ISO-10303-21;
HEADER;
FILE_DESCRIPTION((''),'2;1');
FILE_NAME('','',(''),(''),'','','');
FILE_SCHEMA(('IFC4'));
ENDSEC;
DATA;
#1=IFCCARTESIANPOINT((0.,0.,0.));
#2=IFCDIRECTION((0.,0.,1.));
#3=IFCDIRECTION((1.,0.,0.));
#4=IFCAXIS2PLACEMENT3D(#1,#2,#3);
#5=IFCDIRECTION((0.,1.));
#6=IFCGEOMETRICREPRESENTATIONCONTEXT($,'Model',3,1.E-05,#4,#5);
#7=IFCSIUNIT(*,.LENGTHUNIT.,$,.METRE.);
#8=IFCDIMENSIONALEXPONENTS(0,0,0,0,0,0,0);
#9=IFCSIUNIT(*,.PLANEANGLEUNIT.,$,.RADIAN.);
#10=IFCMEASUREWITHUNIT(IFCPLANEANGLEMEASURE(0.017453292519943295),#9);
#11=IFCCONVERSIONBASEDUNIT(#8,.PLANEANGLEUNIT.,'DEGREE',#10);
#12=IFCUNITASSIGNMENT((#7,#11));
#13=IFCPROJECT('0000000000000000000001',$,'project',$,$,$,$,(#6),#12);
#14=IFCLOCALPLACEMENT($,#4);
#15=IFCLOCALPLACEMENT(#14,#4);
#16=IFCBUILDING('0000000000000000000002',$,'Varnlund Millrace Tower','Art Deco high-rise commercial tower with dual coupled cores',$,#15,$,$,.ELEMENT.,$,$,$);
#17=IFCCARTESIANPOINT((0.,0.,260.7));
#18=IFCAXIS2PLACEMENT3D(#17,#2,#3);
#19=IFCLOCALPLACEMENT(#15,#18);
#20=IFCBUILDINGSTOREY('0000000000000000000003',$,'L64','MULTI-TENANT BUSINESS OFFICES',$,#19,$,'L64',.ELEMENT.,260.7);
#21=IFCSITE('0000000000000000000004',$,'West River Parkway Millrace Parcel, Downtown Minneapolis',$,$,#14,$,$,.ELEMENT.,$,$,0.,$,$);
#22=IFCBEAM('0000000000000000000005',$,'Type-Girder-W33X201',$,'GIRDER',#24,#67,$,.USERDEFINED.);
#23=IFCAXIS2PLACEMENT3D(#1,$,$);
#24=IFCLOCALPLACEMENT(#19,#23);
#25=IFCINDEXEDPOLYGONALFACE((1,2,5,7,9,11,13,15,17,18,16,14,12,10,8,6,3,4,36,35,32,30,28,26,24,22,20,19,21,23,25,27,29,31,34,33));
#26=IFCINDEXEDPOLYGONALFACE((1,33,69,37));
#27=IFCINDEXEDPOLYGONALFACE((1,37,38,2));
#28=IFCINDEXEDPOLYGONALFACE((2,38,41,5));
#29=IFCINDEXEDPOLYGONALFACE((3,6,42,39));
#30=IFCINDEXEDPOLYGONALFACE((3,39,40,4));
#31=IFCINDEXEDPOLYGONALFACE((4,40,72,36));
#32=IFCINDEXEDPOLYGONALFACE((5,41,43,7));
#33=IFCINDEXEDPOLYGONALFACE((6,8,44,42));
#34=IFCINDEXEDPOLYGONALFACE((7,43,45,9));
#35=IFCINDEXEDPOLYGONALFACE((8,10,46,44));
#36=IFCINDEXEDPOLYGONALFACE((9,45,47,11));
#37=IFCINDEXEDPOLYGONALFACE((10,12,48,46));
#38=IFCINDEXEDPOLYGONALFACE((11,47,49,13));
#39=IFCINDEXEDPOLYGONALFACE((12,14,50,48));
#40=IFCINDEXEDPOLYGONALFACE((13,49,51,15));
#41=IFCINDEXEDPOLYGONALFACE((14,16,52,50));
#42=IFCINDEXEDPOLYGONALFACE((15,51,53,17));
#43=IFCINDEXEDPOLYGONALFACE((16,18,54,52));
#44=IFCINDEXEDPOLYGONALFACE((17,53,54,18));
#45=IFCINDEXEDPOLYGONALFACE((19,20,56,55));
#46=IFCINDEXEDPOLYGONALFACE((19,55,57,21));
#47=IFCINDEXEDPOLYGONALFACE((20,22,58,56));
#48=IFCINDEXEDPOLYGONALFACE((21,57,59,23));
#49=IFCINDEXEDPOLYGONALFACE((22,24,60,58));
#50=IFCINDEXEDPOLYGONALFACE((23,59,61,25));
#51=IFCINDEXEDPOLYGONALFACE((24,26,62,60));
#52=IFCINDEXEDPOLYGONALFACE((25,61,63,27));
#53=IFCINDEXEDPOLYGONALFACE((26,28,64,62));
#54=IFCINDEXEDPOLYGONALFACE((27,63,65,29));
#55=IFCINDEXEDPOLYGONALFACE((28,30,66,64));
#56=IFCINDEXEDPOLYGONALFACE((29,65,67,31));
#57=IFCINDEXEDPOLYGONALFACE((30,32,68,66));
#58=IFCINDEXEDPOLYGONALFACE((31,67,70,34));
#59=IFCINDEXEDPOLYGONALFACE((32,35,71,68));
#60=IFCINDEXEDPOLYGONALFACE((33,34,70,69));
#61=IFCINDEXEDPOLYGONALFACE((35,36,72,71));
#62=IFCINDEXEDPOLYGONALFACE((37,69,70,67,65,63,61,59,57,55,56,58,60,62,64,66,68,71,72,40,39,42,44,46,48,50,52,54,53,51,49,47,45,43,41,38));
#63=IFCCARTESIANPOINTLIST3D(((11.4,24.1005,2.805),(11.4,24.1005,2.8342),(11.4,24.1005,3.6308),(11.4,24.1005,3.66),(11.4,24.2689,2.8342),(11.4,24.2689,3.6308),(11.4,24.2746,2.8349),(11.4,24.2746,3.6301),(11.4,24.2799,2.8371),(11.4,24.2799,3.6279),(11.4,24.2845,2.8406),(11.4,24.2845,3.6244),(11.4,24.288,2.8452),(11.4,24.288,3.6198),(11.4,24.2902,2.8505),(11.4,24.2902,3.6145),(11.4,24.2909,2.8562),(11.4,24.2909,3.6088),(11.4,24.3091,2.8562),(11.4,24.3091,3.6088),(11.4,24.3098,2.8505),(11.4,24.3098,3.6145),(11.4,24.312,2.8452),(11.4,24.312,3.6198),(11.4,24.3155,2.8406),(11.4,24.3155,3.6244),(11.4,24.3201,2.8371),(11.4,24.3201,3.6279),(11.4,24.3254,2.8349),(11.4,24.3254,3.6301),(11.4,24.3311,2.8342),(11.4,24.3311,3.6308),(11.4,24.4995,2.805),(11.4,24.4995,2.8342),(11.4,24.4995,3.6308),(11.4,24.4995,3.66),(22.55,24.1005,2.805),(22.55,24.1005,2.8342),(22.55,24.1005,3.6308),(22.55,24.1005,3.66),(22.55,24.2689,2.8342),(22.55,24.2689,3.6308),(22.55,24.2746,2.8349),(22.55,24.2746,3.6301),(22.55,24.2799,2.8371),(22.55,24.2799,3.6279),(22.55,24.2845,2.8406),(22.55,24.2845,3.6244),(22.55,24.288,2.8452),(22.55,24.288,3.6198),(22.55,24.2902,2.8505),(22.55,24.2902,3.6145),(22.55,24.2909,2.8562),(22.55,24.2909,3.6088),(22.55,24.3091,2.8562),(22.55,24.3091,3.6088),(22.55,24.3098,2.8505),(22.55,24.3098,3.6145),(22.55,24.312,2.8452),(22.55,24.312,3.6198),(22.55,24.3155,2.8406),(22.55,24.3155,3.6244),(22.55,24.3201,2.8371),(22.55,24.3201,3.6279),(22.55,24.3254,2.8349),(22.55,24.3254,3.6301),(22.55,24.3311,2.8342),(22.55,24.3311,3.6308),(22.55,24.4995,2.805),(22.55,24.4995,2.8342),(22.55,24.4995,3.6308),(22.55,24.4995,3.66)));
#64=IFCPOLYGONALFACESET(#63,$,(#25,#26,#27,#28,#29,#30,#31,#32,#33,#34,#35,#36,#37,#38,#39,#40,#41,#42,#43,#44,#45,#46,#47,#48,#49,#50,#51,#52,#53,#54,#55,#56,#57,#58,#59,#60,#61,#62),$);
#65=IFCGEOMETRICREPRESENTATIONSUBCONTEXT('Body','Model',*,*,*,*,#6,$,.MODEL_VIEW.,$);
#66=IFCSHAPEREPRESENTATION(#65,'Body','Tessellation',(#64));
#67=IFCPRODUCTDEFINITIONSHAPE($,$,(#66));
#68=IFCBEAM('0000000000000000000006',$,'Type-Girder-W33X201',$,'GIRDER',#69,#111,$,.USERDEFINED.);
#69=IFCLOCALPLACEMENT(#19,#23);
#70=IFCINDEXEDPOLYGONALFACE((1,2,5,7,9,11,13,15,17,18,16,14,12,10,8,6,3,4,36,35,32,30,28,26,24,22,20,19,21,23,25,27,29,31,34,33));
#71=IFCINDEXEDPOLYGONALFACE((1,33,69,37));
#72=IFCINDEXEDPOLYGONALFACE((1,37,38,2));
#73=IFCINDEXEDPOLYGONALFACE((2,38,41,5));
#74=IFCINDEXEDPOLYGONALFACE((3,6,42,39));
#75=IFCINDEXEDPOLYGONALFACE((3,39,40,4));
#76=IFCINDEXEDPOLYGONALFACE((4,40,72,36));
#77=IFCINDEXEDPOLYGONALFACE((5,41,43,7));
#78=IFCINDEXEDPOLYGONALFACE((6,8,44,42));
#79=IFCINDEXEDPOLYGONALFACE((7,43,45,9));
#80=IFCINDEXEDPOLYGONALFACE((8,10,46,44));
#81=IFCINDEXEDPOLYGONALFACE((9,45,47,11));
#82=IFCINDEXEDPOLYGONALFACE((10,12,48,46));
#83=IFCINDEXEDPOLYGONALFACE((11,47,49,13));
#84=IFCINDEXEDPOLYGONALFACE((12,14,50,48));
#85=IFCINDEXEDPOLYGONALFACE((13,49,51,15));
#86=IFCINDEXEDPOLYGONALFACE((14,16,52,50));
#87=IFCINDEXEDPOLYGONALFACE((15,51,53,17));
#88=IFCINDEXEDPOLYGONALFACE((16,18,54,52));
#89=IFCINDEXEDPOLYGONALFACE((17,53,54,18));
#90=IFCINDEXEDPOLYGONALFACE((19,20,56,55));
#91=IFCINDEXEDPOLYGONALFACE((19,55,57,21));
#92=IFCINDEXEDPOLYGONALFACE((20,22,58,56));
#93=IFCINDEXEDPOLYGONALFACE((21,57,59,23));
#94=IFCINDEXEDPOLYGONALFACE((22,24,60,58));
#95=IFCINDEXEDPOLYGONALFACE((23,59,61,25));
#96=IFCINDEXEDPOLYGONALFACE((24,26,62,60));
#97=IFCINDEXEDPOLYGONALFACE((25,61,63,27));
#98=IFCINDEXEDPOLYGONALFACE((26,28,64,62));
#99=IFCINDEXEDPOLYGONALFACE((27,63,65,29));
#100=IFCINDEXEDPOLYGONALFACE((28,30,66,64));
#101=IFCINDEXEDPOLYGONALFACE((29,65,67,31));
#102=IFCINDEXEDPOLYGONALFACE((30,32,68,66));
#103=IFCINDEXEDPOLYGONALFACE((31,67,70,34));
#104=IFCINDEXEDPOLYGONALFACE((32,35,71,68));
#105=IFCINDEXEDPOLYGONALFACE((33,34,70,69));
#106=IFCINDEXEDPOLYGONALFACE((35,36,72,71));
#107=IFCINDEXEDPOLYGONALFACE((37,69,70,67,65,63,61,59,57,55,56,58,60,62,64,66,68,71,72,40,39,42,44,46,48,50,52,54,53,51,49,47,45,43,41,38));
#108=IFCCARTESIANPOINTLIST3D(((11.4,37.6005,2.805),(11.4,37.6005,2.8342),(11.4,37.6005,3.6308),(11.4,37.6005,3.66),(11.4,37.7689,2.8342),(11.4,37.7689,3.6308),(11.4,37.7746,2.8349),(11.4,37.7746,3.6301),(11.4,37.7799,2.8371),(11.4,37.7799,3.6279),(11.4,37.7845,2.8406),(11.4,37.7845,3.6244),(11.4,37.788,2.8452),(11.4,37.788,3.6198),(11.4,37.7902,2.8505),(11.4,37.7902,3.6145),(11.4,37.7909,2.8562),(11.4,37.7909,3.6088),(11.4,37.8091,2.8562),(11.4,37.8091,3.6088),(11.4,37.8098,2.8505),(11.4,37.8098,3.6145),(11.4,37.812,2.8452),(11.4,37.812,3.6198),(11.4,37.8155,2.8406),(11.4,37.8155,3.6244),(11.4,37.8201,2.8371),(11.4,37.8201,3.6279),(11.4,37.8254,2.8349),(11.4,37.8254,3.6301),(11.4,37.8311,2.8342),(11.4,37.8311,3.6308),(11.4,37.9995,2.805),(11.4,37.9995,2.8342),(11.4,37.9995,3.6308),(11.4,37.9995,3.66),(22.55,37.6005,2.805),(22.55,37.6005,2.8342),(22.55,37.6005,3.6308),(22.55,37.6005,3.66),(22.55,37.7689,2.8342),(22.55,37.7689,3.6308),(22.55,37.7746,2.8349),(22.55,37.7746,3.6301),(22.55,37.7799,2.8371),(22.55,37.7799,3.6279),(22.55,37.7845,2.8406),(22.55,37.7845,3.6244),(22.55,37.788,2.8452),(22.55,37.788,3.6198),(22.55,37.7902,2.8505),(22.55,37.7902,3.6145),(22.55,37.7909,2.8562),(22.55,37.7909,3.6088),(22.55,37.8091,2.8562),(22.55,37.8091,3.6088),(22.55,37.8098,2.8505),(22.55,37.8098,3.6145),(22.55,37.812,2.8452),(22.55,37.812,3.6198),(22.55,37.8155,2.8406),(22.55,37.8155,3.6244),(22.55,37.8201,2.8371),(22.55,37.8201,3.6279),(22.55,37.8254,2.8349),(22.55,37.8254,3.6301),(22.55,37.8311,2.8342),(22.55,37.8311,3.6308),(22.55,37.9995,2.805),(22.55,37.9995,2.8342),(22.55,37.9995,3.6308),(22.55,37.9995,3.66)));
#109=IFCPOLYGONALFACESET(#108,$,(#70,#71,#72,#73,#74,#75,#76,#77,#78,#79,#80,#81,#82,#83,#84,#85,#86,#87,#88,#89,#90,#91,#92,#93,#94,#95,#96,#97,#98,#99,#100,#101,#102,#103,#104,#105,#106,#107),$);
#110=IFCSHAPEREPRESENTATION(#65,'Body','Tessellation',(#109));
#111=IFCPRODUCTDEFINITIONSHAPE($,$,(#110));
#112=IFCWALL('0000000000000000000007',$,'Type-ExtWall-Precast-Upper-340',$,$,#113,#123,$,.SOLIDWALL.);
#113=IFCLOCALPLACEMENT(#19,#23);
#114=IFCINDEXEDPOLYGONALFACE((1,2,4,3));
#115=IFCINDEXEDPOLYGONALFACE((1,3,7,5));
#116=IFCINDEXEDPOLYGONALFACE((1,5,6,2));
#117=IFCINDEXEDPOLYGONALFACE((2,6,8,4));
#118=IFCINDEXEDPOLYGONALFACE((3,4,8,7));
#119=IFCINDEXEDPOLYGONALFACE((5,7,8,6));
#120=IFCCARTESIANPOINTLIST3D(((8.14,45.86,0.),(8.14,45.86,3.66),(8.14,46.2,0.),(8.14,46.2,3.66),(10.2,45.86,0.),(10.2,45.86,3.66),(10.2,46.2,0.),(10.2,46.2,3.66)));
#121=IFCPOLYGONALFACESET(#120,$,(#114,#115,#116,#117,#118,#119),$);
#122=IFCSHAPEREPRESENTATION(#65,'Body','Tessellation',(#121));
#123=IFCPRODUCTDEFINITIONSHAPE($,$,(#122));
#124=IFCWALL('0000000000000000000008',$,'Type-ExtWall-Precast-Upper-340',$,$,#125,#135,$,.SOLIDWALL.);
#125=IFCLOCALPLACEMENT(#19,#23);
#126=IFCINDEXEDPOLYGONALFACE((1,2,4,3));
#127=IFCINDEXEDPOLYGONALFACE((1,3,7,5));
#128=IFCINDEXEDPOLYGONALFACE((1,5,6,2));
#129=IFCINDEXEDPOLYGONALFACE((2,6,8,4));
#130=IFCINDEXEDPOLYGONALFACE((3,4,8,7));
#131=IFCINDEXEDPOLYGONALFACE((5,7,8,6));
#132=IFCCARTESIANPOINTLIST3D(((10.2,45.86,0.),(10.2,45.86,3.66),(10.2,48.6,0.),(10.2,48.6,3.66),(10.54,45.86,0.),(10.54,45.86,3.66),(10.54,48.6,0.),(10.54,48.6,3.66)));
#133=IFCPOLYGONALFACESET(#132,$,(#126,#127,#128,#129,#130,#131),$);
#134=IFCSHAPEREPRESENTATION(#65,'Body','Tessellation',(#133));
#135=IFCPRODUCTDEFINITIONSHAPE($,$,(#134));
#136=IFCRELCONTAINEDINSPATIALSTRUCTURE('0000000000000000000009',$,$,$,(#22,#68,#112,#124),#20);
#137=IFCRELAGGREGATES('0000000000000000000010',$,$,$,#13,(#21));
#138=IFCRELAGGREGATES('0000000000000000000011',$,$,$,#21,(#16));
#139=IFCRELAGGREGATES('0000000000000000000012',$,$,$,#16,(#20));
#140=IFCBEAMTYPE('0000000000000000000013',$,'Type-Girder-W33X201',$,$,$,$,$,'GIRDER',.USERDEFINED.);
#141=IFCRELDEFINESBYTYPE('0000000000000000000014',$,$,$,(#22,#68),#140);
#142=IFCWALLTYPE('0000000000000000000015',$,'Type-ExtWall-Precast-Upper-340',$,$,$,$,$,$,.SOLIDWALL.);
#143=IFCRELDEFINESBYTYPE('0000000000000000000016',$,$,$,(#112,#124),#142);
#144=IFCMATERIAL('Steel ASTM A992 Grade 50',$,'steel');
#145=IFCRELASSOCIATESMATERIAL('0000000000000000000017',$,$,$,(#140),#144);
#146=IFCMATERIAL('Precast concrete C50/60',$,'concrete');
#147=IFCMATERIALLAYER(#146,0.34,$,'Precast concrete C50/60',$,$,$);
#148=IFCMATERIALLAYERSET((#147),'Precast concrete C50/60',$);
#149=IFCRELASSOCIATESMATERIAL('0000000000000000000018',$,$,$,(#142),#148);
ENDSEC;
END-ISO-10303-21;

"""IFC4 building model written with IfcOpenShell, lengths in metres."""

from ifc_helpers import new_model, entity, si_unit, converted_unit, direction, frame, origin_with_axes, origin_2d_with_axis, place, context, subcontext, project, spatial, polyline, i_section, outline, extrude, material, layer, layer_set, material_profile, profile_set, type_object, element, save


model = new_model("IFC4")

# Units and contexts
model_context = context("Model", 3, precision=1e-05, world=origin_with_axes(), true_north=direction((0.0, 1.0)))
body_context = subcontext(model_context, "Body", "Model", "MODEL_VIEW")
ifc_project = project(units=[si_unit("LENGTHUNIT", "METRE"), converted_unit("PLANEANGLEUNIT", "DEGREE", entity("IfcPlaneAngleMeasure", 0.017453292519943295), si_unit("PLANEANGLEUNIT", "RADIAN"), dimensions=[0, 0, 0, 0, 0, 0, 0])], contexts=[model_context])

# Site, building, storey
site_placement = place(None, origin_with_axes())
site = spatial("IfcSite", under=ifc_project, at=site_placement, Name="West River Parkway Millrace Parcel, Downtown Minneapolis", CompositionType="ELEMENT", RefElevation=0.0)
building_placement = place(site_placement, origin_with_axes())
building = spatial("IfcBuilding", under=site, at=building_placement, Name="Varnlund Millrace Tower", Description="Art Deco high-rise commercial tower with dual coupled cores", CompositionType="ELEMENT")
storey_placement = place(building_placement, frame((0.0, 0.0, 260.7), z_axis=(0.0, 0.0, 1.0), x_axis=(1.0, 0.0, 0.0)))
storey = spatial("IfcBuildingStorey", under=building, at=storey_placement, Name="L64", Description="MULTI-TENANT BUSINESS OFFICES", LongName="L64", CompositionType="ELEMENT", Elevation=260.7)

# Beams
ifc_material_1 = material(Name="Steel ASTM A992 Grade 50", Category="steel")
ifc_material_profile_1 = material_profile(ifc_material_1, i_section(OverallWidth=0.399, OverallDepth=0.855, WebThickness=0.0182, FlangeThickness=0.0292, FilletRadius=0.022, at=origin_2d_with_axis()), Name="Steel ASTM A992 Grade 50")
ifc_profile_set_1 = profile_set([ifc_material_profile_1], Name="Steel ASTM A992 Grade 50")
beam_type_1 = type_object("IfcBeamType", Name="Type-Girder-W33X201", ElementType="GIRDER", PredefinedType="USERDEFINED", material=ifc_profile_set_1)
for number, where, z_axis, x_axis, name in (
    (1, (11.4, 24.3, 3.2325), (1.0, 0.0, 0.0), (0.0, 1.0, 0.0), "Type-Girder-W33X201"),
    (2, (11.4, 37.8, 3.2325), (1.0, 0.0, 0.0), (0.0, 1.0, 0.0), "Type-Girder-W33X201"),
):
    element("IfcBeam", number, at=place(storey_placement, frame(where, z_axis=z_axis, x_axis=x_axis)), inside=storey, type_object=beam_type_1, Name=name, ObjectType="GIRDER", PredefinedType="USERDEFINED", context=body_context, shape_type="SweptSolid", body=[
        extrude(i_section(OverallWidth=0.399, OverallDepth=0.855, WebThickness=0.0182, FlangeThickness=0.0292, FilletRadius=0.022, at=origin_2d_with_axis()), origin_with_axes(), (0.0, 0.0, 1.0), 11.15),
    ])

# Walls
ifc_material_2 = material(Name="Precast concrete C50/60", Category="concrete")
ifc_layer_1 = layer(ifc_material_2, 0.34, Name="Precast concrete C50/60")
ifc_layer_set_1 = layer_set([ifc_layer_1], Name="Precast concrete C50/60")
wall_type_1 = type_object("IfcWallType", Name="Type-ExtWall-Precast-Upper-340", PredefinedType="SOLIDWALL", material=ifc_layer_set_1)
wall_1_placement = place(storey_placement, frame((8.14, 46.03, 0.0), z_axis=(0.0, 0.0, 1.0), x_axis=(1.0, 0.0, 0.0)))
element("IfcWall", 3, at=wall_1_placement, inside=storey, type_object=wall_type_1, Name="Type-ExtWall-Precast-Upper-340", PredefinedType="SOLIDWALL", context=body_context, shape_type="SweptSolid", body=[
    extrude(outline(polyline([(0.0, -0.17), (2.06, -0.17), (2.06, 0.17), (0.0, 0.17), (0.0, -0.17)])), origin_with_axes(), (0.0, 0.0, 1.0), 3.66),
])
wall_2_placement = place(storey_placement, frame((10.37, 45.86, 0.0), z_axis=(0.0, 0.0, 1.0), x_axis=(0.0, 1.0, 0.0)))
element("IfcWall", 4, at=wall_2_placement, inside=storey, type_object=wall_type_1, Name="Type-ExtWall-Precast-Upper-340", PredefinedType="SOLIDWALL", context=body_context, shape_type="SweptSolid", body=[
    extrude(outline(polyline([(0.0, -0.17), (2.74, -0.17), (2.74, 0.17), (0.0, 0.17), (0.0, -0.17)])), origin_with_axes(), (0.0, 0.0, 1.0), 3.66),
])

save(model, "model.ifc")
